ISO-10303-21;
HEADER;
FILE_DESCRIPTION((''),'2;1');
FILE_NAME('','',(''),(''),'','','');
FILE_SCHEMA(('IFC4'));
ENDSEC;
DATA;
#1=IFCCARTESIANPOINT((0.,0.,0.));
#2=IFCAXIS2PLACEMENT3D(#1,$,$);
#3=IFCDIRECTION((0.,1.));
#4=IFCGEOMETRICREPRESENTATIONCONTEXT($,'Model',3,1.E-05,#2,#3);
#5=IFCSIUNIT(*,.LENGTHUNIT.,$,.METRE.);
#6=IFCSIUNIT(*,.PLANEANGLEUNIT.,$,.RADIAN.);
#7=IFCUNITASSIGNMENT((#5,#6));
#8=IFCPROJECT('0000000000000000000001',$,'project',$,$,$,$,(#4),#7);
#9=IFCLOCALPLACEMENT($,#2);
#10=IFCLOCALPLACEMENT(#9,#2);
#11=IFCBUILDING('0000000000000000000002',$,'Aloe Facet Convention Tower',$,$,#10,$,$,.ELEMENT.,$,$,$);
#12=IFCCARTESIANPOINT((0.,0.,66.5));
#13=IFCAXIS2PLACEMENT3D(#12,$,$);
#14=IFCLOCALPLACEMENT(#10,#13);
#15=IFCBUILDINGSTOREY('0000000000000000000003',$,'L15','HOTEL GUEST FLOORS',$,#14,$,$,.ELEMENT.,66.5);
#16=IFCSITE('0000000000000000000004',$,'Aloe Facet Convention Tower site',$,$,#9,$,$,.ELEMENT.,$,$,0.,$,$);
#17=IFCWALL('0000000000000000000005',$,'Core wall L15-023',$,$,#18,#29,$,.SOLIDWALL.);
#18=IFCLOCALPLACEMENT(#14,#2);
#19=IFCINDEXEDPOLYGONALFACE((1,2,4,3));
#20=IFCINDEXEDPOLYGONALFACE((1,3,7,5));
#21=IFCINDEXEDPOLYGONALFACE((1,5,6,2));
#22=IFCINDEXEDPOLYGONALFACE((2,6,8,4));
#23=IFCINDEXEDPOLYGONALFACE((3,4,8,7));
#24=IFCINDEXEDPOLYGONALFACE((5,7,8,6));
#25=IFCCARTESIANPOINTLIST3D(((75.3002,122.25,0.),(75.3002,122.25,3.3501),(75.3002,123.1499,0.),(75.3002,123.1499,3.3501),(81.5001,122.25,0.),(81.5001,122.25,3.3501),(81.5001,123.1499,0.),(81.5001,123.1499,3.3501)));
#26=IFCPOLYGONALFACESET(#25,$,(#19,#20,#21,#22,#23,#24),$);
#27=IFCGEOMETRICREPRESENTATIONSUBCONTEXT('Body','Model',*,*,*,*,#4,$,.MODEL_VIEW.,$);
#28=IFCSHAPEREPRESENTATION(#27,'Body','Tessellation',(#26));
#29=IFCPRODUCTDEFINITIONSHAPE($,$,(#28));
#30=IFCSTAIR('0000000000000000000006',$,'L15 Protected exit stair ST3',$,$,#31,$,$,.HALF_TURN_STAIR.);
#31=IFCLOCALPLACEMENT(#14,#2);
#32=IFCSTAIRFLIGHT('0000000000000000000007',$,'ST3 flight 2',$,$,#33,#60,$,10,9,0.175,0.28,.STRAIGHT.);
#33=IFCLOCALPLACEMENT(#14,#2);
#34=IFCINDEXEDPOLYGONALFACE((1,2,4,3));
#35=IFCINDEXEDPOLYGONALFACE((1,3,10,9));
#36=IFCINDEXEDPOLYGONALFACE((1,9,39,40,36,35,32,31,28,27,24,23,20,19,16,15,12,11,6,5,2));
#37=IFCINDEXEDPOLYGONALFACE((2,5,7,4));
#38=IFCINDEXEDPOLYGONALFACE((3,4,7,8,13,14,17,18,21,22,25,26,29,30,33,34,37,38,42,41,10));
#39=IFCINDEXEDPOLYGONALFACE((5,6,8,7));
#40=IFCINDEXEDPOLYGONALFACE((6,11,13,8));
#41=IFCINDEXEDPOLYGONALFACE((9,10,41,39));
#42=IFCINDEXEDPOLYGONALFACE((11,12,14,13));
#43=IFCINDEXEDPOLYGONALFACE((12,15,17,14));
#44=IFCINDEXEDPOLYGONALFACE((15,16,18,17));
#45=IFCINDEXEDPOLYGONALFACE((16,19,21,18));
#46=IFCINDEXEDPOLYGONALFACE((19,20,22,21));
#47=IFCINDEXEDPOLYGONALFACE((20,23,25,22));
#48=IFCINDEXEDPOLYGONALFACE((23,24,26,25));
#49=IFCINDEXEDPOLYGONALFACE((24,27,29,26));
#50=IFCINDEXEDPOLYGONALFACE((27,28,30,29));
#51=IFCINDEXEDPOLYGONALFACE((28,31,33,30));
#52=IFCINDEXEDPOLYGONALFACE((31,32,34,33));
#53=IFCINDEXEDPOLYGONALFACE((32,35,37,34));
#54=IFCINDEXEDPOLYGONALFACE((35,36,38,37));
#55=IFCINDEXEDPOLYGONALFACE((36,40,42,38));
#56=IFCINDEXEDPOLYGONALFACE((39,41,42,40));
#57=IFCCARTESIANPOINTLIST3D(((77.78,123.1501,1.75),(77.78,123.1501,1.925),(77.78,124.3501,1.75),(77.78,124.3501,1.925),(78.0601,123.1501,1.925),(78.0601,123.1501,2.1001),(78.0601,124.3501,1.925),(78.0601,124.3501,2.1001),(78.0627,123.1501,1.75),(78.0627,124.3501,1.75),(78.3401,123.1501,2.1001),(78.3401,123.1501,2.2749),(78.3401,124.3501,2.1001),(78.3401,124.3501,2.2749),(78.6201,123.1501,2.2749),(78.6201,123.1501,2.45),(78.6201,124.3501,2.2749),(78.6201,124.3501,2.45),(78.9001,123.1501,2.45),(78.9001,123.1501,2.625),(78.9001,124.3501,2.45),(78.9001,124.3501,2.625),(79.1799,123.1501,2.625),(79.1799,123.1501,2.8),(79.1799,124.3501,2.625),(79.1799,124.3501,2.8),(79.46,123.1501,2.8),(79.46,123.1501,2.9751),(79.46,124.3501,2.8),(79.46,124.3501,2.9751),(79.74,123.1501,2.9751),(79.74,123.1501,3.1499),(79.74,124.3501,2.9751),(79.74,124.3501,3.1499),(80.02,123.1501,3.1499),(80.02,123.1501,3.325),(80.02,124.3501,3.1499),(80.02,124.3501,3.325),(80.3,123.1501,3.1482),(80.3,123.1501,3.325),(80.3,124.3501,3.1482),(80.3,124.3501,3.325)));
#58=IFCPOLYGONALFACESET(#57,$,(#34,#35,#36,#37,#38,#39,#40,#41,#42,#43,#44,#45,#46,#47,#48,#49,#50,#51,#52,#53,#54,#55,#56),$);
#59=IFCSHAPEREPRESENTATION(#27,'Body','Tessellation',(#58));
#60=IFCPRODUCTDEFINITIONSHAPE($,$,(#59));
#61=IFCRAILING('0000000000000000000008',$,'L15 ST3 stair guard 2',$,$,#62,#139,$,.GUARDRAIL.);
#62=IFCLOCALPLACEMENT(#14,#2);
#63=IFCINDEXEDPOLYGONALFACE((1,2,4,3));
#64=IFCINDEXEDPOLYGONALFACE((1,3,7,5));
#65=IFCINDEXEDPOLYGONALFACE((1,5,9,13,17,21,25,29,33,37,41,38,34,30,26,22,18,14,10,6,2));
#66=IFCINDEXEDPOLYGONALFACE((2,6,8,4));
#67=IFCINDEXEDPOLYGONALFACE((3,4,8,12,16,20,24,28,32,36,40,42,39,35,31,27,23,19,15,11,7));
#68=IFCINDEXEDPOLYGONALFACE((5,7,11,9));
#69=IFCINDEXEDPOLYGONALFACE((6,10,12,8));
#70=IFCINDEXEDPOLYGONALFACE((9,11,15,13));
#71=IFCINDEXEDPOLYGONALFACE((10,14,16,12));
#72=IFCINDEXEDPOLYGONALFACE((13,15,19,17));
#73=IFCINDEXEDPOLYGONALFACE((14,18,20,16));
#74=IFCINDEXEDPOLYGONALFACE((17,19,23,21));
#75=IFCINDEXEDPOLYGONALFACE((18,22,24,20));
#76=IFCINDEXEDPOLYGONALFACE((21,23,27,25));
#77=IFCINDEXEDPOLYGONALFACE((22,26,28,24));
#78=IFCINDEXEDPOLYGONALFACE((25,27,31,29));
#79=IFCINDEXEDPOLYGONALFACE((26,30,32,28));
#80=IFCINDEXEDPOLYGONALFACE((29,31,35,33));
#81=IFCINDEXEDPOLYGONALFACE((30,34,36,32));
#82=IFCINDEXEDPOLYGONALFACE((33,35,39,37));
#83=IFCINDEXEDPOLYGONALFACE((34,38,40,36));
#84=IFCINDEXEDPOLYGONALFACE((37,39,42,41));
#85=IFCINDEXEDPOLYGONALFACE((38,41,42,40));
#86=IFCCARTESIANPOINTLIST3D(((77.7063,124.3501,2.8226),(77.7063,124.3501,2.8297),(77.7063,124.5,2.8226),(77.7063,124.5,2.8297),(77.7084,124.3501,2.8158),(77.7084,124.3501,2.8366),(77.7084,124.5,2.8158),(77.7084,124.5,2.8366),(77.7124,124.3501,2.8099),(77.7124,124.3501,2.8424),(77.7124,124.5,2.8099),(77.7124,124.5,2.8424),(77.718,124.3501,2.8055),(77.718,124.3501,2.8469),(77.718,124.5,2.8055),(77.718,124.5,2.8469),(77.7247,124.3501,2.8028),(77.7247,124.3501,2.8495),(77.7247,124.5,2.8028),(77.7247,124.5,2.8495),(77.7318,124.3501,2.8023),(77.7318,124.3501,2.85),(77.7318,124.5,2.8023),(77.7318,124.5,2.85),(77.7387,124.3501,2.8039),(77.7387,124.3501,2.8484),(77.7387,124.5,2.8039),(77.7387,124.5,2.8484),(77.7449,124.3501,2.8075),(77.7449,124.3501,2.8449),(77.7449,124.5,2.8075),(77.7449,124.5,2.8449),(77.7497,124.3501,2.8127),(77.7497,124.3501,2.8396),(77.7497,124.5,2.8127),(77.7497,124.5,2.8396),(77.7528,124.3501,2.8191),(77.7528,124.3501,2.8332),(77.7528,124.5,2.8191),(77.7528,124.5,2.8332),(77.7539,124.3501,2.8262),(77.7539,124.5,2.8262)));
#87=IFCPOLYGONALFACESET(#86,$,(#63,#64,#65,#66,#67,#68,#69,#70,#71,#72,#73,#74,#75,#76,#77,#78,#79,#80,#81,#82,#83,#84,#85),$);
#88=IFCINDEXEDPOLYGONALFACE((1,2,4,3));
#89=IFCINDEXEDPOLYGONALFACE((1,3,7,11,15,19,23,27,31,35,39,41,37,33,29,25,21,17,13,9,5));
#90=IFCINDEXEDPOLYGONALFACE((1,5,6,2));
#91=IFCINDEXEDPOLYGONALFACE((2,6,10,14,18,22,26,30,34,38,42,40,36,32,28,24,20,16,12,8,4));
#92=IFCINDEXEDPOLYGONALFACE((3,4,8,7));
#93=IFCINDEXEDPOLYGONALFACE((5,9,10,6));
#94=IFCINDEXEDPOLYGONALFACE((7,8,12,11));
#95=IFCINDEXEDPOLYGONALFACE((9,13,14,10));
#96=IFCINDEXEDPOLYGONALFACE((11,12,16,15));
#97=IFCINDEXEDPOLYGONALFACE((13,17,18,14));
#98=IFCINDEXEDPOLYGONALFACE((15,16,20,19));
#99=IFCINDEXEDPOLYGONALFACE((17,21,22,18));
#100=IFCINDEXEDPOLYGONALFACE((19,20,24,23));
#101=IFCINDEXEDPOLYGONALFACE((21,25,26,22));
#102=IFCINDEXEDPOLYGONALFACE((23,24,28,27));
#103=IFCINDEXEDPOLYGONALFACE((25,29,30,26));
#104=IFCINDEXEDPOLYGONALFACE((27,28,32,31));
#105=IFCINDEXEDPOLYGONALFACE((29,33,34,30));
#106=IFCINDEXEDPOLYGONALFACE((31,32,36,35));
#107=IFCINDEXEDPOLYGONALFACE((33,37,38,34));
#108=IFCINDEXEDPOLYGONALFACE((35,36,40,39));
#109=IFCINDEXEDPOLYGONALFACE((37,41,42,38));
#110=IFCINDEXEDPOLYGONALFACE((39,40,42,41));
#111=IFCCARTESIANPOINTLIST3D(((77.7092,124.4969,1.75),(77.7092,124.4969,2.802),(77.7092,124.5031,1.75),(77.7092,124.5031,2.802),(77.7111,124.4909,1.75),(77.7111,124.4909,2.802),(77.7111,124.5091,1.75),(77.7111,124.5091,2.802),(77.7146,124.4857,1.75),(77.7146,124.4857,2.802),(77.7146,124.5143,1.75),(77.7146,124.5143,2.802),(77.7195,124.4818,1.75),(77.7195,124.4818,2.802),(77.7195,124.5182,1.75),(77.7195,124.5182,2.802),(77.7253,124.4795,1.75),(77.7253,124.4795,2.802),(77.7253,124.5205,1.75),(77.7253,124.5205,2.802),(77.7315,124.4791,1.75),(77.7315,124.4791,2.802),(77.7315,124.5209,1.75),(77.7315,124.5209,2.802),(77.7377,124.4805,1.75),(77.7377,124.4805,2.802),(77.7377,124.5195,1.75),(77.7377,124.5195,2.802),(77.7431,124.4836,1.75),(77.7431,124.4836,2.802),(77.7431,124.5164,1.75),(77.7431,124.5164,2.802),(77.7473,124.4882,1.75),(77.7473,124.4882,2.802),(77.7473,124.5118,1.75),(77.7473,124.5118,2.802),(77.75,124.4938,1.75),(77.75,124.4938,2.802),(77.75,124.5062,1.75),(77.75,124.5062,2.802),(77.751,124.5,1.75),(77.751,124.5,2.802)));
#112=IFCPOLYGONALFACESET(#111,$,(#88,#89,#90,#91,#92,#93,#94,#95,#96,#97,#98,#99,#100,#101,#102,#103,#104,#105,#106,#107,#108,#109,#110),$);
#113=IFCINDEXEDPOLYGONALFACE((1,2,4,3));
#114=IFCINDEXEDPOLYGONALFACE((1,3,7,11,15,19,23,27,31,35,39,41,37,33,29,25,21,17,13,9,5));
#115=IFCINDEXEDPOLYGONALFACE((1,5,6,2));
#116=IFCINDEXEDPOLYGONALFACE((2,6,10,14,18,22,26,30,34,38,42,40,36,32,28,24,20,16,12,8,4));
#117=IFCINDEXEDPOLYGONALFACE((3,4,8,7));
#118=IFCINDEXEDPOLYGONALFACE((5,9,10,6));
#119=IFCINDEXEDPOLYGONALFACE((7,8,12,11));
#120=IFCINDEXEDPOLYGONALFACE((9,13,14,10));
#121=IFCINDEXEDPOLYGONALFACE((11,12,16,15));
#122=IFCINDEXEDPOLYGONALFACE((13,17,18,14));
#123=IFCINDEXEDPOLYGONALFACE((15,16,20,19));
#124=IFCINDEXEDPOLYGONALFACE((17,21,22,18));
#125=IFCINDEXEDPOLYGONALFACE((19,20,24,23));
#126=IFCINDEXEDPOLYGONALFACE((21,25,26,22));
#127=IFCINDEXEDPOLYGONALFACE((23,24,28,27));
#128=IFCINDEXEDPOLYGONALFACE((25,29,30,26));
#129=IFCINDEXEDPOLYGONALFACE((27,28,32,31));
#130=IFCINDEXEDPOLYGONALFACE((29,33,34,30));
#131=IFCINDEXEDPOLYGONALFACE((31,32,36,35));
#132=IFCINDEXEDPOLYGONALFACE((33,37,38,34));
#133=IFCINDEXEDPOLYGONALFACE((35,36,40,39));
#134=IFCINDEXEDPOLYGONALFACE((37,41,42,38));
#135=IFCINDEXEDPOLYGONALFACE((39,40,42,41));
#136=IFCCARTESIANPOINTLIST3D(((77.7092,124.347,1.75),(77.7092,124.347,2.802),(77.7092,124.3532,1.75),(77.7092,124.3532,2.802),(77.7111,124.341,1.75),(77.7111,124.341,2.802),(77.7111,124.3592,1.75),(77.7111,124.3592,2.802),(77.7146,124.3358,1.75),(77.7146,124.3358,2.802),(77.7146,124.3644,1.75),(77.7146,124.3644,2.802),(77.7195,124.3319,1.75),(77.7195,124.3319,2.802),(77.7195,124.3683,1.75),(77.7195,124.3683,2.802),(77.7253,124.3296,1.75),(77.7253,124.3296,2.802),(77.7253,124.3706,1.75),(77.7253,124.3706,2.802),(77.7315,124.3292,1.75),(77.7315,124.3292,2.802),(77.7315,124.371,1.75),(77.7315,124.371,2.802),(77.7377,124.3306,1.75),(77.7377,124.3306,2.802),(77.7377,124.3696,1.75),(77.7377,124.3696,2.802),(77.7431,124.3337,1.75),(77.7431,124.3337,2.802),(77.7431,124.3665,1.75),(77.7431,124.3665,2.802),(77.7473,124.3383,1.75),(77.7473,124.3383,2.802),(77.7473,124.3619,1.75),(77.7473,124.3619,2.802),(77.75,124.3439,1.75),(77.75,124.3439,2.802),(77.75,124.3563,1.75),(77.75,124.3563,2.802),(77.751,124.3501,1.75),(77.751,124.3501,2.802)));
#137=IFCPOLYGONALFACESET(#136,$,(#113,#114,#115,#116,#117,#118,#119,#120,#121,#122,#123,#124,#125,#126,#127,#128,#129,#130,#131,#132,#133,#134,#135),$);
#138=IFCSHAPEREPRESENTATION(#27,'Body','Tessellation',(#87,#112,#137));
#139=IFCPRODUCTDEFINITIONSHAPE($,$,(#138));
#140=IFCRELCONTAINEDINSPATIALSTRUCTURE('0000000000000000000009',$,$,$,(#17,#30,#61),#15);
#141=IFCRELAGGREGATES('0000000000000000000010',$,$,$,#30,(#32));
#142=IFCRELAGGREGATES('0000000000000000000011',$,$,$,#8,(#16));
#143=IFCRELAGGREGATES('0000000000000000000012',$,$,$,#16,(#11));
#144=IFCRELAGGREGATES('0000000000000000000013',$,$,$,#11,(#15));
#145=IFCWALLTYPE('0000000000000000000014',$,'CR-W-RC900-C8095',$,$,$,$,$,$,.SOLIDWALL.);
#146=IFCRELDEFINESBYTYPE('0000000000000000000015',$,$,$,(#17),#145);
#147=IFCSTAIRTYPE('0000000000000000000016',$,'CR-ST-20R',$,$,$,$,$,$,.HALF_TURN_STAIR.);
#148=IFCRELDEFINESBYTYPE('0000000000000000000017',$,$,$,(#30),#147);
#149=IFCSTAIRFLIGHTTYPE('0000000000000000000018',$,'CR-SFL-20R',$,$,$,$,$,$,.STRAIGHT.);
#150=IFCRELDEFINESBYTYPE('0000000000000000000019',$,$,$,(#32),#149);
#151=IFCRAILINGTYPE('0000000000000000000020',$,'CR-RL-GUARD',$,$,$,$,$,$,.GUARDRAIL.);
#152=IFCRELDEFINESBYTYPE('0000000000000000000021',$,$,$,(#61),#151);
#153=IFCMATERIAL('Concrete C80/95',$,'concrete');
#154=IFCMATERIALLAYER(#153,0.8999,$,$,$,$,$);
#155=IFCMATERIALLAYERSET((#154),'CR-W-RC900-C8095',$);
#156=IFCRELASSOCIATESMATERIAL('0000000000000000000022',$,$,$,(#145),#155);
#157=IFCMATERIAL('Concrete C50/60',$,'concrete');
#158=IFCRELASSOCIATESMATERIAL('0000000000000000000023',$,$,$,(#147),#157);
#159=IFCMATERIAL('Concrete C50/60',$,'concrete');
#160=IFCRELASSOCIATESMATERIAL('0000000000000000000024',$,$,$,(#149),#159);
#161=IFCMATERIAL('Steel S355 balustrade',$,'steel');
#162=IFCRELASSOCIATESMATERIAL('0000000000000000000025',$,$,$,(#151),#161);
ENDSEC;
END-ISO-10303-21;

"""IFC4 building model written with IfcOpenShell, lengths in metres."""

from ifc_helpers import new_model, si_unit, direction, frame, frame_2d, origin, origin_2d, place, context, subcontext, project, spatial, polyline, rectangle, circle, outline, extrude, material, layer, layer_set, type_object, element, aggregate, save


model = new_model("IFC4")

# Units and contexts
model_context = context("Model", 3, precision=1e-05, world=origin(), true_north=direction((0.0, 1.0)))
body_context = subcontext(model_context, "Body", "Model", "MODEL_VIEW")
ifc_project = project(units=[si_unit("LENGTHUNIT", "METRE"), si_unit("PLANEANGLEUNIT", "RADIAN")], contexts=[model_context])

# Site, building, storey
site_placement = place(None, origin())
site = spatial("IfcSite", under=ifc_project, at=site_placement, Name="Aloe Facet Convention Tower site", CompositionType="ELEMENT", RefElevation=0.0)
building_placement = place(site_placement, origin())
building = spatial("IfcBuilding", under=site, at=building_placement, Name="Aloe Facet Convention Tower", CompositionType="ELEMENT")
storey_placement = place(building_placement, frame((0.0, 0.0, 66.5)))
storey = spatial("IfcBuildingStorey", under=building, at=storey_placement, Name="L15", Description="HOTEL GUEST FLOORS", CompositionType="ELEMENT", Elevation=66.5)

# Shared definitions
ifc_material_1 = material(Name="Concrete C80/95", Category="concrete")
ifc_layer_1 = layer(ifc_material_1, 0.8999)
ifc_layer_set_1 = layer_set([ifc_layer_1], Name="CR-W-RC900-C8095")
wall_type_1 = type_object("IfcWallType", Name="CR-W-RC900-C8095", PredefinedType="SOLIDWALL", material=ifc_layer_set_1)

# Wall
wall_1_placement = place(storey_placement, frame((75.3, 122.7, 0.0), z_axis=(0.0, 0.0, 1.0), x_axis=(1.0, 0.0, 0.0)))
element("IfcWall", 1, at=wall_1_placement, inside=storey, type_object=wall_type_1, Name="Core wall L15-023", PredefinedType="SOLIDWALL", context=body_context, shape_type="SweptSolid", body=[
    extrude(rectangle(XDim=6.2, YDim=0.8999, at=frame_2d((3.1001, 0.0))), origin(), (0.0, 0.0, 1.0), 3.3501),
])

# Stair, stair flight
ifc_material_2 = material(Name="Concrete C50/60", Category="concrete")
stair_type = type_object("IfcStairType", Name="CR-ST-20R", PredefinedType="HALF_TURN_STAIR", material=ifc_material_2)
stair_placement = place(storey_placement, origin())
stair = element("IfcStair", 2, at=stair_placement, inside=storey, type_object=stair_type, Name="L15 Protected exit stair ST3", PredefinedType="HALF_TURN_STAIR")
ifc_material_3 = material(Name="Concrete C50/60", Category="concrete")
stair_flight_type = type_object("IfcStairFlightType", Name="CR-SFL-20R", PredefinedType="STRAIGHT", material=ifc_material_3)
stair_flight_placement = place(storey_placement, frame((77.78, 123.75, 1.75), z_axis=(0.0, 0.0, 1.0), x_axis=(1.0, 0.0, 0.0)))
stair_flight = element("IfcStairFlight", 3, at=stair_flight_placement, type_object=stair_flight_type, Name="ST3 flight 2", NumberOfRisers=10, NumberOfTreads=9, PredefinedType="STRAIGHT", RiserHeight=0.175, TreadLength=0.28, context=body_context, shape_type="SweptSolid", body=[
    extrude(outline(polyline([(0.0, 0.0), (0.0, 0.175), (0.28, 0.175), (0.28, 0.3501), (0.5601, 0.3501), (0.5601, 0.5249), (0.8401, 0.5249), (0.8401, 0.7), (1.1201, 0.7), (1.1201, 0.875), (1.3999, 0.875), (1.3999, 1.05), (1.6799, 1.05), (1.6799, 1.2251), (1.96, 1.2251), (1.96, 1.3999), (2.24, 1.3999), (2.24, 1.575), (2.52, 1.575), (2.52, 1.75), (2.52, 1.3982), (0.2827, 0.0), (0.0, 0.0)])), frame((0.0, 0.6001, 0.0), z_axis=(0.0, -1.0, 0.0), x_axis=(1.0, 0.0, 0.0)), (0.0, 0.0, 1.0), 1.2),
])
aggregate(stair, [stair_flight])

# Railing
ifc_material_4 = material(Name="Steel S355 balustrade", Category="steel")
railing_type_1 = type_object("IfcRailingType", Name="CR-RL-GUARD", PredefinedType="GUARDRAIL", material=ifc_material_4)
railing_1_placement = place(storey_placement, frame((77.73, 124.5, 1.75)))
element("IfcRailing", 4, at=railing_1_placement, inside=storey, type_object=railing_type_1, Name="L15 ST3 stair guard 2", PredefinedType="GUARDRAIL", context=body_context, shape_type="SweptSolid", body=[
    extrude(circle(Radius=0.0239, at=origin_2d()), frame((0.0, 0.0, 1.0762), z_axis=(0.0, -1.0, 0.0), x_axis=(1.0, 0.0, 0.0)), (0.0, 0.0, 1.0), 0.1499),
    extrude(circle(Radius=0.021, at=origin_2d()), origin(), (0.0, 0.0, 1.0), 1.052),
    extrude(circle(Radius=0.021, at=origin_2d()), frame((0.0, -0.1499, 0.0)), (0.0, 0.0, 1.0), 1.052),
])

save(model, "model.ifc")
